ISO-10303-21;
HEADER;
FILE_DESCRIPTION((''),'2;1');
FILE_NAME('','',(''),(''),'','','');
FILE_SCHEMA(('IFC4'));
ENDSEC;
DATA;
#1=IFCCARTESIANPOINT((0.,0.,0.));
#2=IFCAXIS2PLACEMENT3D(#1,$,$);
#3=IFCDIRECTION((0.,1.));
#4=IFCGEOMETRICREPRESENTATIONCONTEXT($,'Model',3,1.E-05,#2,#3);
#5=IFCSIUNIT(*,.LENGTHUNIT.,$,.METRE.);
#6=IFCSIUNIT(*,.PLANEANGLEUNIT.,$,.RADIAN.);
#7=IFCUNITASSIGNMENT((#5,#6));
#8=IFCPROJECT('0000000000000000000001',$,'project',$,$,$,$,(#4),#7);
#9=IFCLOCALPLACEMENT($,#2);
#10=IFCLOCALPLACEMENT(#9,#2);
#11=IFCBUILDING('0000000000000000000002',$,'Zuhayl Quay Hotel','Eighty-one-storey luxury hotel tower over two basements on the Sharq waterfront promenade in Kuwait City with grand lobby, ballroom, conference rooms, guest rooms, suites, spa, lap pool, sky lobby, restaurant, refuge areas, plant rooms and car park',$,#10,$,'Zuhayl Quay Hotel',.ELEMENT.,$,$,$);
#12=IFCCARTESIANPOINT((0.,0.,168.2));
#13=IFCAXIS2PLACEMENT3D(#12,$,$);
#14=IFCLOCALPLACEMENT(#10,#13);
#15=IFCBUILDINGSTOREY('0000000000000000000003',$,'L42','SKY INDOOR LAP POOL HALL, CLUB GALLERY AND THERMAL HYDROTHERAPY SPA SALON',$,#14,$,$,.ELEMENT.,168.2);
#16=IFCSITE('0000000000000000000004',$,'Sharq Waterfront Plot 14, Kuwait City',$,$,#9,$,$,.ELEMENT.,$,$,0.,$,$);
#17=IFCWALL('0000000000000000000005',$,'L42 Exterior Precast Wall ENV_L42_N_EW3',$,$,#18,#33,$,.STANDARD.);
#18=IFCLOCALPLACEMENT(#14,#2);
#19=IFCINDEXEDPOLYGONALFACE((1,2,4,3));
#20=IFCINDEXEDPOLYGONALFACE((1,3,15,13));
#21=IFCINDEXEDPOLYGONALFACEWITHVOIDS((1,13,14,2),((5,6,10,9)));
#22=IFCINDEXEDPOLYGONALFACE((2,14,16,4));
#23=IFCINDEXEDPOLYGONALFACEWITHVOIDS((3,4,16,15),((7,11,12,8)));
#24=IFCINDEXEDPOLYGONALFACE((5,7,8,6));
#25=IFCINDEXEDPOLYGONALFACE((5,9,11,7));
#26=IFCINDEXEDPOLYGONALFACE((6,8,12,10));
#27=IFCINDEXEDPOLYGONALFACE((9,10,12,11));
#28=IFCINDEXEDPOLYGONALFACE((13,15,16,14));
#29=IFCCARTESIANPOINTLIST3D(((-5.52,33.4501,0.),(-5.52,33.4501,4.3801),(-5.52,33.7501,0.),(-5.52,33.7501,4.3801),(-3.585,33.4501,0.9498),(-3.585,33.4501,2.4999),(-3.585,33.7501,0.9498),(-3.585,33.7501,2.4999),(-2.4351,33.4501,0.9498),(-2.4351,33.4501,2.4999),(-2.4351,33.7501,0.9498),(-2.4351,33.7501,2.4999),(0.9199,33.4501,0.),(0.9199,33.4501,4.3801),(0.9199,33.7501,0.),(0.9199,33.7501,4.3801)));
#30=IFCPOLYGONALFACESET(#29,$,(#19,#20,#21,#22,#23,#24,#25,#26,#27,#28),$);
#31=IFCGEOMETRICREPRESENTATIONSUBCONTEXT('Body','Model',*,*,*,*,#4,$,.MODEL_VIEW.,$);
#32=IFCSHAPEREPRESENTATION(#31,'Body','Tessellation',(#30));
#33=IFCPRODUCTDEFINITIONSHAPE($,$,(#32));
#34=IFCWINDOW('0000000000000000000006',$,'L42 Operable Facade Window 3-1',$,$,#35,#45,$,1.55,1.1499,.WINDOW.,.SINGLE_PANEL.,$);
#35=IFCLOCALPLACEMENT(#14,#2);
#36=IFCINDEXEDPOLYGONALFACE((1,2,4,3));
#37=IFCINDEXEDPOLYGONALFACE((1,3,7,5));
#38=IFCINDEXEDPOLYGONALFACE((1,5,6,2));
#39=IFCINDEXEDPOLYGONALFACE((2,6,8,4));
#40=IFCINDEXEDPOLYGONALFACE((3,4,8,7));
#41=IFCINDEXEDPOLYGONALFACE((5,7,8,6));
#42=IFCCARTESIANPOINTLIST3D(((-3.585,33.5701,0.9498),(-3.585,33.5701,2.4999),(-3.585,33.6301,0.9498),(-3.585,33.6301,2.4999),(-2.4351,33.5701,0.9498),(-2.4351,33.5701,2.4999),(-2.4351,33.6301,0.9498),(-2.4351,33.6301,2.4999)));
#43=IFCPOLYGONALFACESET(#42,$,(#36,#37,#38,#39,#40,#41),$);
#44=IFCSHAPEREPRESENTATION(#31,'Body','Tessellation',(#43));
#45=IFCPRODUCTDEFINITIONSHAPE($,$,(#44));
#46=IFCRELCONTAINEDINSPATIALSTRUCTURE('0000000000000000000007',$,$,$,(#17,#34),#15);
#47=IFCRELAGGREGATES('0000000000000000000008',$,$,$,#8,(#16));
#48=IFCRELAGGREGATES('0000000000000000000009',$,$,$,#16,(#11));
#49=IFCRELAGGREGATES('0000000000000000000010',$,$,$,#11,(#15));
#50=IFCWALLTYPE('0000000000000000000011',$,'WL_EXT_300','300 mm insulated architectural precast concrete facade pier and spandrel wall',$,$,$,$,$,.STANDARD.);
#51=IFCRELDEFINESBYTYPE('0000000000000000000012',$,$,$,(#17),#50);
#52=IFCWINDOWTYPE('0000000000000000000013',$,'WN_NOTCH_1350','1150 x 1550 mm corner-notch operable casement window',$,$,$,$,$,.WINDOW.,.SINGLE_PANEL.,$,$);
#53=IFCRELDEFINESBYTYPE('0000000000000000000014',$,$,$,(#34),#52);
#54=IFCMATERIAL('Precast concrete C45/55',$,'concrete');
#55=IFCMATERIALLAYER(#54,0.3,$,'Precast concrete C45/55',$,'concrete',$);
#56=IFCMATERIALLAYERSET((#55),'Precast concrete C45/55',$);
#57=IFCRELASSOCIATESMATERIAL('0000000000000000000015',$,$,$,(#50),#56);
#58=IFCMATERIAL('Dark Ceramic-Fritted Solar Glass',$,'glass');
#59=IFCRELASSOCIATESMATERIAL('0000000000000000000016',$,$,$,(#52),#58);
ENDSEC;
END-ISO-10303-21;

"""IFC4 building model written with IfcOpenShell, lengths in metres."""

from ifc_helpers import new_model, si_unit, direction, frame, frame_2d, origin, place, context, subcontext, project, spatial, rectangle, extrude, material, layer, layer_set, type_object, element, fill, save


model = new_model("IFC4")

# Units and contexts
model_context = context("Model", 3, precision=1e-05, world=origin(), true_north=direction((0.0, 1.0)))
body_context = subcontext(model_context, "Body", "Model", "MODEL_VIEW")
ifc_project = project(units=[si_unit("LENGTHUNIT", "METRE"), si_unit("PLANEANGLEUNIT", "RADIAN")], contexts=[model_context])

# Site, building, storey
site_placement = place(None, origin())
site = spatial("IfcSite", under=ifc_project, at=site_placement, Name="Sharq Waterfront Plot 14, Kuwait City", CompositionType="ELEMENT", RefElevation=0.0)
building_placement = place(site_placement, origin())
building = spatial("IfcBuilding", under=site, at=building_placement, Name="Zuhayl Quay Hotel", Description="Eighty-one-storey luxury hotel tower over two basements on the Sharq waterfront promenade in Kuwait City with grand lobby, ballroom, conference rooms, guest rooms, suites, spa, lap pool, sky lobby, restaurant, refuge areas, plant rooms and car park", LongName="Zuhayl Quay Hotel", CompositionType="ELEMENT")
storey_placement = place(building_placement, frame((0.0, 0.0, 168.2)))
storey = spatial("IfcBuildingStorey", under=building, at=storey_placement, Name="L42", Description="SKY INDOOR LAP POOL HALL, CLUB GALLERY AND THERMAL HYDROTHERAPY SPA SALON", CompositionType="ELEMENT", Elevation=168.2)

# Shared definitions
ifc_material_1 = material(Name="Dark Ceramic-Fritted Solar Glass", Category="glass")

# Wall, opening, window
ifc_material_2 = material(Name="Precast concrete C45/55", Category="concrete")
ifc_layer_1 = layer(ifc_material_2, 0.3, Name="Precast concrete C45/55", Category="concrete")
ifc_layer_set_1 = layer_set([ifc_layer_1], Name="Precast concrete C45/55")
wall_type = type_object("IfcWallType", Name="WL_EXT_300", Description="300 mm insulated architectural precast concrete facade pier and spandrel wall", PredefinedType="STANDARD", material=ifc_layer_set_1)
wall_placement = place(storey_placement, frame((-5.52, 33.6001, 0.0), z_axis=(0.0, 0.0, 1.0), x_axis=(1.0, 0.0, 0.0)))
wall = element("IfcWall", 1, at=wall_placement, inside=storey, type_object=wall_type, Name="L42 Exterior Precast Wall ENV_L42_N_EW3", PredefinedType="STANDARD", context=body_context, shape_type="SweptSolid", body=[
    extrude(rectangle(XDim=6.4399, YDim=0.3, at=frame_2d((3.22, 0.0))), origin(), (0.0, 0.0, 1.0), 4.3801),
])
opening_placement = place(wall_placement, frame((1.9351, 0.0, 0.95)))
opening = element("IfcOpeningElement", 2, at=opening_placement, cuts=wall, PredefinedType="OPENING", context=body_context, shape_type="SweptSolid", body=[
    extrude(rectangle(XDim=1.1499, YDim=1.55, at=frame_2d((0.575, 0.7749))), frame((0.0, 0.1599, 0.0), z_axis=(0.0, -1.0, 0.0), x_axis=(1.0, 0.0, 0.0)), (0.0, 0.0, 1.0), 0.3201),
])
window_type = type_object("IfcWindowType", Name="WN_NOTCH_1350", Description="1150 x 1550 mm corner-notch operable casement window", PartitioningType="SINGLE_PANEL", PredefinedType="WINDOW", material=ifc_material_1)
window_placement = place(opening_placement, origin())
window = element("IfcWindow", 3, at=window_placement, inside=storey, type_object=window_type, Name="L42 Operable Facade Window 3-1", OverallHeight=1.55, OverallWidth=1.1499, PartitioningType="SINGLE_PANEL", PredefinedType="WINDOW", context=body_context, shape_type="SweptSolid", body=[
    extrude(rectangle(XDim=1.1499, YDim=1.55, at=frame_2d((0.575, 0.7749))), frame((0.0, 0.03, 0.0), z_axis=(0.0, -1.0, 0.0), x_axis=(1.0, 0.0, 0.0)), (0.0, 0.0, 1.0), 0.0601),
])
fill(opening, window)

save(model, "model.ifc")
